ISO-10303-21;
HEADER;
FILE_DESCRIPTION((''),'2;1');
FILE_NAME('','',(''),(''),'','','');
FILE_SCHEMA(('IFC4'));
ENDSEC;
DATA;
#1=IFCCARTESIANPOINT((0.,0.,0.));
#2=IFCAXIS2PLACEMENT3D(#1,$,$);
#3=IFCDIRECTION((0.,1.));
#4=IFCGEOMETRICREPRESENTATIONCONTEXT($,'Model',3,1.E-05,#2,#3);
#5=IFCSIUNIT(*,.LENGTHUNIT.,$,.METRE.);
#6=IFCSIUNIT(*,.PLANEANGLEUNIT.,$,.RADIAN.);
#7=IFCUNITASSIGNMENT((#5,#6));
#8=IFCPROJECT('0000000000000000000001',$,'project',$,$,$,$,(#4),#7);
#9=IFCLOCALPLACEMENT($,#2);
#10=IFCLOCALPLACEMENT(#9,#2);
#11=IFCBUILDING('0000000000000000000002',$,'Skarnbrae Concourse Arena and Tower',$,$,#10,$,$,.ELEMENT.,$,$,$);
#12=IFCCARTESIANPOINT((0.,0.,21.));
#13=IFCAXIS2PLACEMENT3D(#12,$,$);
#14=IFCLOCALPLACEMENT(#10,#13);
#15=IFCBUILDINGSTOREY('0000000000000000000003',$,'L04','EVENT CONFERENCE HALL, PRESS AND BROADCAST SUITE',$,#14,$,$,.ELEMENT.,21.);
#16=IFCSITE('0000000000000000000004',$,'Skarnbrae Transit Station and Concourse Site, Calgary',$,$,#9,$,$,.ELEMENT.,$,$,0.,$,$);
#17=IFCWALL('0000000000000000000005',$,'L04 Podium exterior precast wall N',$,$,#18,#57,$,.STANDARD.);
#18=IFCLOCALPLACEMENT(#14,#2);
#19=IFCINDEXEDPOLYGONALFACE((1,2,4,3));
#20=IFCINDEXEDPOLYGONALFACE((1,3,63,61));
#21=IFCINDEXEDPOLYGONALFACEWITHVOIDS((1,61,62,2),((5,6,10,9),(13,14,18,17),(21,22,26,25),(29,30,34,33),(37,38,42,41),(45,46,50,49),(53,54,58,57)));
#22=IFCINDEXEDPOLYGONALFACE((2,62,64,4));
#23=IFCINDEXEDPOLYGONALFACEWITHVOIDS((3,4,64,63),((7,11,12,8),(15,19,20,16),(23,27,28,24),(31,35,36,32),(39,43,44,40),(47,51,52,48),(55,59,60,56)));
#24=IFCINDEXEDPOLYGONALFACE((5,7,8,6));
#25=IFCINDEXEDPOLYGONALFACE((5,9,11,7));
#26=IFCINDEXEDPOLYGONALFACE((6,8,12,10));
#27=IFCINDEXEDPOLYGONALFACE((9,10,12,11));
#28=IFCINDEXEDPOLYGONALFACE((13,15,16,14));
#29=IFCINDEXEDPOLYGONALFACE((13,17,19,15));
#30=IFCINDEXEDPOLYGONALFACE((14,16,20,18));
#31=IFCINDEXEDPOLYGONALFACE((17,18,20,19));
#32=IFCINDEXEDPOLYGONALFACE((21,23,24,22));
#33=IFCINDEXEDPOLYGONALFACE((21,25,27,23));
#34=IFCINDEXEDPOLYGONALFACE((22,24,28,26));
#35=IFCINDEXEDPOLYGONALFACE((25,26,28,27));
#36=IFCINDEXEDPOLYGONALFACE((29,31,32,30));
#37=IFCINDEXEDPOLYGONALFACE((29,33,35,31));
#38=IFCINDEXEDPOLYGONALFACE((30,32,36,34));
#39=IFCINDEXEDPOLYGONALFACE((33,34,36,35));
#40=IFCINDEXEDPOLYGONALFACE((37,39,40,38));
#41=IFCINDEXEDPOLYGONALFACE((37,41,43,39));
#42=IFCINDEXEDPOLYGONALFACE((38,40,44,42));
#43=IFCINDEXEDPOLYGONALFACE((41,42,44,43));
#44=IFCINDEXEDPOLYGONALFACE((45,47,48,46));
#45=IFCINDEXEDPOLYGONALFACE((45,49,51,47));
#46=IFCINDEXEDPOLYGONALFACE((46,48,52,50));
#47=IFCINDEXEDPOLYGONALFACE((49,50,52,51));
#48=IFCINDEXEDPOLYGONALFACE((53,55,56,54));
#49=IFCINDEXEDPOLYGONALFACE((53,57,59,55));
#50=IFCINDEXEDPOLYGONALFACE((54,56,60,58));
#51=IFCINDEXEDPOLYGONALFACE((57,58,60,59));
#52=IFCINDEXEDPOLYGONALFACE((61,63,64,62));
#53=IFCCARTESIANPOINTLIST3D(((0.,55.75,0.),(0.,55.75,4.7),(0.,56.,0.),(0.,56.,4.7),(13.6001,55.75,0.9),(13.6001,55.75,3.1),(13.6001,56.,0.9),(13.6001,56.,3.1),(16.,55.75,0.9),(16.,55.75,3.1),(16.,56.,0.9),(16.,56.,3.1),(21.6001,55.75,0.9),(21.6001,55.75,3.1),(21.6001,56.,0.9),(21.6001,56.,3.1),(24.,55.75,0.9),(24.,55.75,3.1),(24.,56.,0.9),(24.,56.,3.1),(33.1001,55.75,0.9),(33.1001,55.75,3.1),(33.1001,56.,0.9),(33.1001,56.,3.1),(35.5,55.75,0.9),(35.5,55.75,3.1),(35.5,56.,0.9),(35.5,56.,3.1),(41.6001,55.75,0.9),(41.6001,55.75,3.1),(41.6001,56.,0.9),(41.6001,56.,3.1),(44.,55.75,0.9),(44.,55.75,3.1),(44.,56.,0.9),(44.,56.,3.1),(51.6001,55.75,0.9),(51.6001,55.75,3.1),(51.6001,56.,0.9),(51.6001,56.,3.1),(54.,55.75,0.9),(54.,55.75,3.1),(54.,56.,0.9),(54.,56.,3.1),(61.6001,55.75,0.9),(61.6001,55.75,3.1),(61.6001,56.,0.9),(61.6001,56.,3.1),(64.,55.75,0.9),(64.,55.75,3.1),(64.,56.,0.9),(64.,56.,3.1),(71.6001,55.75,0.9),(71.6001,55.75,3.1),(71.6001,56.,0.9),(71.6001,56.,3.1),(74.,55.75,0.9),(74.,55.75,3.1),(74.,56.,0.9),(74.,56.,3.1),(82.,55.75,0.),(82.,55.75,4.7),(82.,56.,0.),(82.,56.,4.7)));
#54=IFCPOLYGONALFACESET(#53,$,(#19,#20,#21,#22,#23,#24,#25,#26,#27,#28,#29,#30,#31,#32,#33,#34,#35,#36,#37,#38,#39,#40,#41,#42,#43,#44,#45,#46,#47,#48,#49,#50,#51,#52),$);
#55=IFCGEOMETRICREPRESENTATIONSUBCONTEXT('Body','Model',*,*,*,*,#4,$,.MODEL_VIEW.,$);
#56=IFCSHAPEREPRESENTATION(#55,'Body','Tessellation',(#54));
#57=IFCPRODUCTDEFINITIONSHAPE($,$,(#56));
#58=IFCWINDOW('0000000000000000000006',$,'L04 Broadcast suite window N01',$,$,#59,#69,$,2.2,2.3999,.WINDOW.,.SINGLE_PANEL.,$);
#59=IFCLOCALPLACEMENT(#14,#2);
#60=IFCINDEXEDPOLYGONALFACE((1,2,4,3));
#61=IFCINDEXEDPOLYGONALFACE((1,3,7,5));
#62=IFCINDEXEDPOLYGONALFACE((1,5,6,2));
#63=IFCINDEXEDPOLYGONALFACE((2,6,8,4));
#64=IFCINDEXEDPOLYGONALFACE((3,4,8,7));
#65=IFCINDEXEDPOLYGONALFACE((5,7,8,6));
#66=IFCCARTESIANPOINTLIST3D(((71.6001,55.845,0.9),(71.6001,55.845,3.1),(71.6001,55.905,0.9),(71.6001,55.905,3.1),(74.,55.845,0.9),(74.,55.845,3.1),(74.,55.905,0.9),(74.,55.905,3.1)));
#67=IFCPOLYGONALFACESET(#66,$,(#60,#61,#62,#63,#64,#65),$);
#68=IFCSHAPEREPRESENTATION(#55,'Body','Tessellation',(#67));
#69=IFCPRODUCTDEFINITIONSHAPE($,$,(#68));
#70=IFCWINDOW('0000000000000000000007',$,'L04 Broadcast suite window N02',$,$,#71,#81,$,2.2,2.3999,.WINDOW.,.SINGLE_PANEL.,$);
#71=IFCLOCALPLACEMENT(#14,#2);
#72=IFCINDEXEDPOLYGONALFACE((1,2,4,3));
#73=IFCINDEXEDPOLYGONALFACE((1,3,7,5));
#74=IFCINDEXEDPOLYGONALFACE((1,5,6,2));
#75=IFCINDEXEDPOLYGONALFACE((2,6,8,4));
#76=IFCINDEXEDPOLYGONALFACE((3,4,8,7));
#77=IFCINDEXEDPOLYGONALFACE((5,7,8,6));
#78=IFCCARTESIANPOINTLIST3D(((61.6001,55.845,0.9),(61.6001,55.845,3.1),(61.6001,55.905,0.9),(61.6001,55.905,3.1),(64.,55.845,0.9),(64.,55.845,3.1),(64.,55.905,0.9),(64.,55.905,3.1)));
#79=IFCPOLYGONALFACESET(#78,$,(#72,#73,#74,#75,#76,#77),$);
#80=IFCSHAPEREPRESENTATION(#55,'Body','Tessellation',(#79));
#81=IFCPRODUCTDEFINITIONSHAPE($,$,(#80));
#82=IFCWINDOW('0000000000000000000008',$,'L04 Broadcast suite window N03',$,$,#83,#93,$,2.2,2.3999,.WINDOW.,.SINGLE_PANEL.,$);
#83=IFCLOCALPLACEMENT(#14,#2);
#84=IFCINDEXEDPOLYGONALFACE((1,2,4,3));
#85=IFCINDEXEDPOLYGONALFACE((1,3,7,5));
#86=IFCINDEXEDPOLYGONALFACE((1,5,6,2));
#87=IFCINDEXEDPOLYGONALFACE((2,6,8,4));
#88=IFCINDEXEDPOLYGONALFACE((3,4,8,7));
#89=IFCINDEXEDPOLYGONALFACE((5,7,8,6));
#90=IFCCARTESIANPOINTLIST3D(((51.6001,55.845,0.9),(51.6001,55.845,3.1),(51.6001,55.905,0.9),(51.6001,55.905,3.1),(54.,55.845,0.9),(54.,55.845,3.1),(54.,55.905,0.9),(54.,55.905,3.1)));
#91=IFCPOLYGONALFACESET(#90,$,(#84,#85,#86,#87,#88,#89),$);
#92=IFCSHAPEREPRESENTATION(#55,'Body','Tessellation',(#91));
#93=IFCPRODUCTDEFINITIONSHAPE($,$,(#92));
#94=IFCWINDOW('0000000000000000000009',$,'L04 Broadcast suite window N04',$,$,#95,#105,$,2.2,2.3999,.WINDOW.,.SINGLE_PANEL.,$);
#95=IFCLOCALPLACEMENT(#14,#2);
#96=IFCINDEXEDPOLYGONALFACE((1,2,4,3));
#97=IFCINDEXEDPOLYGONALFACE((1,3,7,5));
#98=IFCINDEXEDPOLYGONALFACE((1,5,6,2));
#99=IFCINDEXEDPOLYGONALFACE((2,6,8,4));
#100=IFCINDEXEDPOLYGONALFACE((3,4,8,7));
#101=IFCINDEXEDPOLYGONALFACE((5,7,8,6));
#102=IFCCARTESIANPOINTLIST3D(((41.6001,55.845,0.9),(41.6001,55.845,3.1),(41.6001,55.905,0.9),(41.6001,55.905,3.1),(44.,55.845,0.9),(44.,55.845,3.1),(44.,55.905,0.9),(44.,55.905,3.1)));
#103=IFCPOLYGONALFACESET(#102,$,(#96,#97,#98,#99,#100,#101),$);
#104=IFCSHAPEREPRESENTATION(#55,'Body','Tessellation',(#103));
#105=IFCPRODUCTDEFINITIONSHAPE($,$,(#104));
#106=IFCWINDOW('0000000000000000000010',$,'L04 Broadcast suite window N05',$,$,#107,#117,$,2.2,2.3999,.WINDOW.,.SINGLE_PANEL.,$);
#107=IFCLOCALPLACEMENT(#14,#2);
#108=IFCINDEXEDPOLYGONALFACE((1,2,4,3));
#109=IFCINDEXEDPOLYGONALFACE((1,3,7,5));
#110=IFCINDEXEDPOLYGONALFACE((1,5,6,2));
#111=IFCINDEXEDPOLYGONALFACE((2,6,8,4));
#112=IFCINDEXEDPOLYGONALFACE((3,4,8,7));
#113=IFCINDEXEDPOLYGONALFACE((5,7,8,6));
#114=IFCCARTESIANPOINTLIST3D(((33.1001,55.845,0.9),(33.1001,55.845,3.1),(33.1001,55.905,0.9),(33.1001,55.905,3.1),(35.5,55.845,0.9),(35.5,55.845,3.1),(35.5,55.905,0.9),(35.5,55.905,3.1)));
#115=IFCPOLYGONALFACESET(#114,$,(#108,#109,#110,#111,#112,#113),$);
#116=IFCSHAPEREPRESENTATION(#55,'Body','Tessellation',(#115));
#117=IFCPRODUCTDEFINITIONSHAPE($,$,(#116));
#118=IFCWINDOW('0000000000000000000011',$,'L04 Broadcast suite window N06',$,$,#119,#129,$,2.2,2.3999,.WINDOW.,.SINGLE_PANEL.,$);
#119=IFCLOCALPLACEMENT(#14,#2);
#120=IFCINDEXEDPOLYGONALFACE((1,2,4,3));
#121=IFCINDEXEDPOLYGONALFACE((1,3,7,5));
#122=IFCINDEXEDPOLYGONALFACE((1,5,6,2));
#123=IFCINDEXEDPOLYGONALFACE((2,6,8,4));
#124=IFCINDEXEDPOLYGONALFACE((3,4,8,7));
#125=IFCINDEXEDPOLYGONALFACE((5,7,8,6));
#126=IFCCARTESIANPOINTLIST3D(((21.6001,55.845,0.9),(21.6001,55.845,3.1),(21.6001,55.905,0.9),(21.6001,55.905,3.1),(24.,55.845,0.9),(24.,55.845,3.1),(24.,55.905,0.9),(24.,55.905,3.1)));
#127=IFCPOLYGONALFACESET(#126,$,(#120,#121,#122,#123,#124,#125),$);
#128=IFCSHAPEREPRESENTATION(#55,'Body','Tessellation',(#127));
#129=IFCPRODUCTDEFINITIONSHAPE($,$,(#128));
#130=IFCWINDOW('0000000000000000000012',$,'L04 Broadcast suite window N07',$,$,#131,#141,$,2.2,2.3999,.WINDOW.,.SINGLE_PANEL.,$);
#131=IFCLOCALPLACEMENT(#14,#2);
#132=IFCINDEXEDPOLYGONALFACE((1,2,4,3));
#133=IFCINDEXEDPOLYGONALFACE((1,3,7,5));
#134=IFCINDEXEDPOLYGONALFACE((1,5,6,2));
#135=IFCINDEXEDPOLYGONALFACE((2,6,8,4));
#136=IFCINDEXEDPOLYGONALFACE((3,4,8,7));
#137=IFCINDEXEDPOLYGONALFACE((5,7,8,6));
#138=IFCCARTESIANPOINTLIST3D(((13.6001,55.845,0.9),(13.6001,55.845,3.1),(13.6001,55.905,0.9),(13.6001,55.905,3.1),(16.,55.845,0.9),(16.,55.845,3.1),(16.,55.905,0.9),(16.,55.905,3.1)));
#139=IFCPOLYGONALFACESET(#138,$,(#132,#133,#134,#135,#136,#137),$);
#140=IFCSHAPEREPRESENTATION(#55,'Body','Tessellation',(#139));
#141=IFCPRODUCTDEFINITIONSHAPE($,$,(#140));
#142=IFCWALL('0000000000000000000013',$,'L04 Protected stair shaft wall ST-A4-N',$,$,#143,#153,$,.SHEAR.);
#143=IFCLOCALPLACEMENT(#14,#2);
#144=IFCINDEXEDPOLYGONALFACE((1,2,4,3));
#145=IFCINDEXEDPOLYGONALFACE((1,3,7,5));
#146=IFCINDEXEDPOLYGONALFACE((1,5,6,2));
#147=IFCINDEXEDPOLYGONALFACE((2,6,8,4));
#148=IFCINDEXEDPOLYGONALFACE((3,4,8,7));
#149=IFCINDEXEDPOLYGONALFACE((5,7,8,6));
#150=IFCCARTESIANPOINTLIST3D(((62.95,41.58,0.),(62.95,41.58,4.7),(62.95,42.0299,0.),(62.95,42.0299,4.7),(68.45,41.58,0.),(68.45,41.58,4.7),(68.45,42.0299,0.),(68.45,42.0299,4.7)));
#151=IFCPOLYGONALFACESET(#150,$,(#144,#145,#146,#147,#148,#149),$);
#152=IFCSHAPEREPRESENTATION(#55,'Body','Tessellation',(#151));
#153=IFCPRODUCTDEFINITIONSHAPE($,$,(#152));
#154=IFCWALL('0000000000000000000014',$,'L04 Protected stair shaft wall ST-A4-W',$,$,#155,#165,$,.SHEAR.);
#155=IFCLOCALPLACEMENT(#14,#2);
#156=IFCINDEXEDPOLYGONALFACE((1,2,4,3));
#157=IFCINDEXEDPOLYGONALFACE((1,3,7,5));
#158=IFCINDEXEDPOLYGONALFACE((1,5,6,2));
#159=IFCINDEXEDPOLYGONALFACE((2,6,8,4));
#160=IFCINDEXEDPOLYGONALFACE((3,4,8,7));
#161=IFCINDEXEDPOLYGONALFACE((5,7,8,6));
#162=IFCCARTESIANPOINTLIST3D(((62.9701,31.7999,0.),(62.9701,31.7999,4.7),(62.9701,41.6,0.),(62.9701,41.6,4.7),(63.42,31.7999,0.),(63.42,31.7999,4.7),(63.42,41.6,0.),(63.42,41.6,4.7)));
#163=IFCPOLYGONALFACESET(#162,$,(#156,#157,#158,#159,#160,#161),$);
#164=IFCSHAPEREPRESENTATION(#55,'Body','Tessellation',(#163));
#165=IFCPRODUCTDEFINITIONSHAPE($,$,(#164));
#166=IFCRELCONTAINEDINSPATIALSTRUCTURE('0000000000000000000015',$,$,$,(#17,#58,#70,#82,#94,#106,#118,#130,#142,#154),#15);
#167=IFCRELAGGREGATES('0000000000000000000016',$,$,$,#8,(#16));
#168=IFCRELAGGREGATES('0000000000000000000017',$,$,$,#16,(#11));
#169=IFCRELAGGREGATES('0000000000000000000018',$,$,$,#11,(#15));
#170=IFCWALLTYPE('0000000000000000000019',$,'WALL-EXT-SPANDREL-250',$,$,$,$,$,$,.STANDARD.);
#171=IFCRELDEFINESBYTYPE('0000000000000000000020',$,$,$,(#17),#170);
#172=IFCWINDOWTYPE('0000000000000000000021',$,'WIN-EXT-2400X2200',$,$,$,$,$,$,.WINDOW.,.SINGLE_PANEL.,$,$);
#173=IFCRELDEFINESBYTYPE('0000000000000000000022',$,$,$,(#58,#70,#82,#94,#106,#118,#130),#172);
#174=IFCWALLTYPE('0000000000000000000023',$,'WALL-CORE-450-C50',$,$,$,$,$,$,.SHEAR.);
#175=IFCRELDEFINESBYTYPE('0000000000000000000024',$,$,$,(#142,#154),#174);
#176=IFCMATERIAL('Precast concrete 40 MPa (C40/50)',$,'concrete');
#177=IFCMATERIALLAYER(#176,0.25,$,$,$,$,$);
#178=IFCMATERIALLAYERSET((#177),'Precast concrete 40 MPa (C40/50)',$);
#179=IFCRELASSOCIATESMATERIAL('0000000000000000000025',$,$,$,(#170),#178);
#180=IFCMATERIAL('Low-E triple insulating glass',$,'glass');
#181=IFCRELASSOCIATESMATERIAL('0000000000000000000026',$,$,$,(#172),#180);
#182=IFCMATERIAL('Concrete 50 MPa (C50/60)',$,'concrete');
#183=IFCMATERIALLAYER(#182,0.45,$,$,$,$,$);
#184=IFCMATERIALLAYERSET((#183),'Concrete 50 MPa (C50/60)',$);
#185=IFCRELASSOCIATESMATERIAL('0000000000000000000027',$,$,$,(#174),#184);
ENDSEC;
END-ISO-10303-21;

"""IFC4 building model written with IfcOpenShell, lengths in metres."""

from ifc_helpers import new_model, si_unit, direction, frame, frame_2d, origin, place, context, subcontext, project, spatial, rectangle, extrude, source, transform, mapped, material, layer, layer_set, type_object, element, fill, save


model = new_model("IFC4")

# Units and contexts
model_context = context("Model", 3, precision=1e-05, world=origin(), true_north=direction((0.0, 1.0)))
body_context = subcontext(model_context, "Body", "Model", "MODEL_VIEW")
ifc_project = project(units=[si_unit("LENGTHUNIT", "METRE"), si_unit("PLANEANGLEUNIT", "RADIAN")], contexts=[model_context])

# Site, building, storey
site_placement = place(None, origin())
site = spatial("IfcSite", under=ifc_project, at=site_placement, Name="Skarnbrae Transit Station and Concourse Site, Calgary", CompositionType="ELEMENT", RefElevation=0.0)
building_placement = place(site_placement, origin())
building = spatial("IfcBuilding", under=site, at=building_placement, Name="Skarnbrae Concourse Arena and Tower", CompositionType="ELEMENT")
storey_placement = place(building_placement, frame((0.0, 0.0, 21.0)))
storey = spatial("IfcBuildingStorey", under=building, at=storey_placement, Name="L04", Description="EVENT CONFERENCE HALL, PRESS AND BROADCAST SUITE", CompositionType="ELEMENT", Elevation=21.0)

# Wall, openings, windows
ifc_material_1 = material(Name="Precast concrete 40 MPa (C40/50)", Category="concrete")
ifc_layer_1 = layer(ifc_material_1, 0.25)
ifc_layer_set_1 = layer_set([ifc_layer_1], Name="Precast concrete 40 MPa (C40/50)")
wall_type_1 = type_object("IfcWallType", Name="WALL-EXT-SPANDREL-250", PredefinedType="STANDARD", material=ifc_layer_set_1)
shared_shape_1 = source(origin(), body_context, "Body", "SweptSolid", [
    extrude(rectangle(XDim=82.0, YDim=0.25, at=frame_2d((41.0, 0.0))), origin(), (0.0, 0.0, 1.0), 4.7),
])
wall_1_placement = place(storey_placement, frame((82.0, 55.875, 0.0), z_axis=(0.0, 0.0, 1.0), x_axis=(-1.0, 0.0, 0.0)))
wall_1 = element("IfcWall", 1, at=wall_1_placement, inside=storey, type_object=wall_type_1, Name="L04 Podium exterior precast wall N", PredefinedType="STANDARD", context=body_context, shape_type="MappedRepresentation", body=[
    mapped(shared_shape_1, transform((0.0, 0.0, 0.0))),
])
opening_1_placement = place(wall_1_placement, frame((8.0, 0.0, 0.8999)))
opening_1 = element("IfcOpeningElement", 2, at=opening_1_placement, cuts=wall_1, PredefinedType="OPENING", context=body_context, shape_type="SweptSolid", body=[
    extrude(rectangle(XDim=2.3999, YDim=2.2, at=frame_2d((1.2, 1.1001))), frame((0.0, 0.135, 0.0), z_axis=(0.0, -1.0, 0.0), x_axis=(1.0, 0.0, 0.0)), (0.0, 0.0, 1.0), 0.27),
])
opening_2_placement = place(wall_1_placement, frame((18.0, 0.0, 0.8999)))
opening_2 = element("IfcOpeningElement", 3, at=opening_2_placement, cuts=wall_1, PredefinedType="OPENING", context=body_context, shape_type="SweptSolid", body=[
    extrude(rectangle(XDim=2.3999, YDim=2.2, at=frame_2d((1.2, 1.1001))), frame((0.0, 0.135, 0.0), z_axis=(0.0, -1.0, 0.0), x_axis=(1.0, 0.0, 0.0)), (0.0, 0.0, 1.0), 0.27),
])
opening_3_placement = place(wall_1_placement, frame((28.0, 0.0, 0.8999)))
opening_3 = element("IfcOpeningElement", 4, at=opening_3_placement, cuts=wall_1, PredefinedType="OPENING", context=body_context, shape_type="SweptSolid", body=[
    extrude(rectangle(XDim=2.3999, YDim=2.2, at=frame_2d((1.2, 1.1001))), frame((0.0, 0.135, 0.0), z_axis=(0.0, -1.0, 0.0), x_axis=(1.0, 0.0, 0.0)), (0.0, 0.0, 1.0), 0.27),
])
opening_4_placement = place(wall_1_placement, frame((38.0, 0.0, 0.8999)))
opening_4 = element("IfcOpeningElement", 5, at=opening_4_placement, cuts=wall_1, PredefinedType="OPENING", context=body_context, shape_type="SweptSolid", body=[
    extrude(rectangle(XDim=2.3999, YDim=2.2, at=frame_2d((1.2, 1.1001))), frame((0.0, 0.135, 0.0), z_axis=(0.0, -1.0, 0.0), x_axis=(1.0, 0.0, 0.0)), (0.0, 0.0, 1.0), 0.27),
])
opening_5_placement = place(wall_1_placement, frame((46.5, 0.0, 0.8999)))
opening_5 = element("IfcOpeningElement", 6, at=opening_5_placement, cuts=wall_1, PredefinedType="OPENING", context=body_context, shape_type="SweptSolid", body=[
    extrude(rectangle(XDim=2.3999, YDim=2.2, at=frame_2d((1.2, 1.1001))), frame((0.0, 0.135, 0.0), z_axis=(0.0, -1.0, 0.0), x_axis=(1.0, 0.0, 0.0)), (0.0, 0.0, 1.0), 0.27),
])
opening_6_placement = place(wall_1_placement, frame((58.0, 0.0, 0.8999)))
opening_6 = element("IfcOpeningElement", 7, at=opening_6_placement, cuts=wall_1, PredefinedType="OPENING", context=body_context, shape_type="SweptSolid", body=[
    extrude(rectangle(XDim=2.3999, YDim=2.2, at=frame_2d((1.2, 1.1001))), frame((0.0, 0.135, 0.0), z_axis=(0.0, -1.0, 0.0), x_axis=(1.0, 0.0, 0.0)), (0.0, 0.0, 1.0), 0.27),
])
opening_7_placement = place(wall_1_placement, frame((66.0, 0.0, 0.8999)))
opening_7 = element("IfcOpeningElement", 8, at=opening_7_placement, cuts=wall_1, PredefinedType="OPENING", context=body_context, shape_type="SweptSolid", body=[
    extrude(rectangle(XDim=2.3999, YDim=2.2, at=frame_2d((1.2, 1.1001))), frame((0.0, 0.135, 0.0), z_axis=(0.0, -1.0, 0.0), x_axis=(1.0, 0.0, 0.0)), (0.0, 0.0, 1.0), 0.27),
])
ifc_material_2 = material(Name="Low-E triple insulating glass", Category="glass")
window_type = type_object("IfcWindowType", Name="WIN-EXT-2400X2200", PartitioningType="SINGLE_PANEL", PredefinedType="WINDOW", material=ifc_material_2)
shared_shape_2 = source(origin(), body_context, "Body", "SweptSolid", [
    extrude(rectangle(XDim=2.3999, YDim=2.2, at=frame_2d((1.2, 1.1001))), frame((0.0, 0.03, 0.0), z_axis=(0.0, -1.0, 0.0), x_axis=(1.0, 0.0, 0.0)), (0.0, 0.0, 1.0), 0.0601),
])
window_1_placement = place(opening_1_placement, origin())
window_1 = element("IfcWindow", 9, at=window_1_placement, inside=storey, type_object=window_type, Name="L04 Broadcast suite window N01", OverallHeight=2.2, OverallWidth=2.3999, PartitioningType="SINGLE_PANEL", PredefinedType="WINDOW", context=body_context, shape_type="MappedRepresentation", body=[
    mapped(shared_shape_2, transform((0.0, 0.0, 0.0))),
])
fill(opening_1, window_1)
window_2_placement = place(opening_2_placement, origin())
window_2 = element("IfcWindow", 10, at=window_2_placement, inside=storey, type_object=window_type, Name="L04 Broadcast suite window N02", OverallHeight=2.2, OverallWidth=2.3999, PartitioningType="SINGLE_PANEL", PredefinedType="WINDOW", context=body_context, shape_type="MappedRepresentation", body=[
    mapped(shared_shape_2, transform((0.0, 0.0, 0.0))),
])
fill(opening_2, window_2)
window_3_placement = place(opening_3_placement, origin())
window_3 = element("IfcWindow", 11, at=window_3_placement, inside=storey, type_object=window_type, Name="L04 Broadcast suite window N03", OverallHeight=2.2, OverallWidth=2.3999, PartitioningType="SINGLE_PANEL", PredefinedType="WINDOW", context=body_context, shape_type="MappedRepresentation", body=[
    mapped(shared_shape_2, transform((0.0, 0.0, 0.0))),
])
fill(opening_3, window_3)
window_4_placement = place(opening_4_placement, origin())
window_4 = element("IfcWindow", 12, at=window_4_placement, inside=storey, type_object=window_type, Name="L04 Broadcast suite window N04", OverallHeight=2.2, OverallWidth=2.3999, PartitioningType="SINGLE_PANEL", PredefinedType="WINDOW", context=body_context, shape_type="MappedRepresentation", body=[
    mapped(shared_shape_2, transform((0.0, 0.0, 0.0))),
])
fill(opening_4, window_4)
window_5_placement = place(opening_5_placement, origin())
window_5 = element("IfcWindow", 13, at=window_5_placement, inside=storey, type_object=window_type, Name="L04 Broadcast suite window N05", OverallHeight=2.2, OverallWidth=2.3999, PartitioningType="SINGLE_PANEL", PredefinedType="WINDOW", context=body_context, shape_type="MappedRepresentation", body=[
    mapped(shared_shape_2, transform((0.0, 0.0, 0.0))),
])
fill(opening_5, window_5)
window_6_placement = place(opening_6_placement, origin())
window_6 = element("IfcWindow", 14, at=window_6_placement, inside=storey, type_object=window_type, Name="L04 Broadcast suite window N06", OverallHeight=2.2, OverallWidth=2.3999, PartitioningType="SINGLE_PANEL", PredefinedType="WINDOW", context=body_context, shape_type="MappedRepresentation", body=[
    mapped(shared_shape_2, transform((0.0, 0.0, 0.0))),
])
fill(opening_6, window_6)
window_7_placement = place(opening_7_placement, origin())
window_7 = element("IfcWindow", 15, at=window_7_placement, inside=storey, type_object=window_type, Name="L04 Broadcast suite window N07", OverallHeight=2.2, OverallWidth=2.3999, PartitioningType="SINGLE_PANEL", PredefinedType="WINDOW", context=body_context, shape_type="MappedRepresentation", body=[
    mapped(shared_shape_2, transform((0.0, 0.0, 0.0))),
])
fill(opening_7, window_7)

# Shared definitions
ifc_material_3 = material(Name="Concrete 50 MPa (C50/60)", Category="concrete")
ifc_layer_2 = layer(ifc_material_3, 0.45)
ifc_layer_set_2 = layer_set([ifc_layer_2], Name="Concrete 50 MPa (C50/60)")
wall_type_2 = type_object("IfcWallType", Name="WALL-CORE-450-C50", PredefinedType="SHEAR", material=ifc_layer_set_2)
shared_shape_3 = source(origin(), body_context, "Body", "SweptSolid", [
    extrude(rectangle(XDim=5.5, YDim=0.45, at=frame_2d((2.75, 0.0))), origin(), (0.0, 0.0, 1.0), 4.7),
])

# Walls
wall_2_placement = place(storey_placement, frame((62.95, 41.8049, 0.0), z_axis=(0.0, 0.0, 1.0), x_axis=(1.0, 0.0, 0.0)))
element("IfcWall", 16, at=wall_2_placement, inside=storey, type_object=wall_type_2, Name="L04 Protected stair shaft wall ST-A4-N", PredefinedType="SHEAR", context=body_context, shape_type="MappedRepresentation", body=[
    mapped(shared_shape_3, transform((0.0, 0.0, 0.0))),
])
shared_shape_4 = source(origin(), body_context, "Body", "SweptSolid", [
    extrude(rectangle(XDim=9.8, YDim=0.45, at=frame_2d((4.8999, 0.0))), origin(), (0.0, 0.0, 1.0), 4.7),
])
for number, where, z_axis, x_axis, name in (
    (17, (63.1951, 31.8, 0.0), (0.0, 0.0, 1.0), (0.0, 1.0, 0.0), "L04 Protected stair shaft wall ST-A4-W"),
):
    element("IfcWall", number, at=place(storey_placement, frame(where, z_axis=z_axis, x_axis=x_axis)), inside=storey, type_object=wall_type_2, Name=name, PredefinedType="SHEAR", context=body_context, shape_type="MappedRepresentation", body=[
        mapped(shared_shape_4, transform((0.0, 0.0, 0.0))),
    ])

save(model, "model.ifc")
